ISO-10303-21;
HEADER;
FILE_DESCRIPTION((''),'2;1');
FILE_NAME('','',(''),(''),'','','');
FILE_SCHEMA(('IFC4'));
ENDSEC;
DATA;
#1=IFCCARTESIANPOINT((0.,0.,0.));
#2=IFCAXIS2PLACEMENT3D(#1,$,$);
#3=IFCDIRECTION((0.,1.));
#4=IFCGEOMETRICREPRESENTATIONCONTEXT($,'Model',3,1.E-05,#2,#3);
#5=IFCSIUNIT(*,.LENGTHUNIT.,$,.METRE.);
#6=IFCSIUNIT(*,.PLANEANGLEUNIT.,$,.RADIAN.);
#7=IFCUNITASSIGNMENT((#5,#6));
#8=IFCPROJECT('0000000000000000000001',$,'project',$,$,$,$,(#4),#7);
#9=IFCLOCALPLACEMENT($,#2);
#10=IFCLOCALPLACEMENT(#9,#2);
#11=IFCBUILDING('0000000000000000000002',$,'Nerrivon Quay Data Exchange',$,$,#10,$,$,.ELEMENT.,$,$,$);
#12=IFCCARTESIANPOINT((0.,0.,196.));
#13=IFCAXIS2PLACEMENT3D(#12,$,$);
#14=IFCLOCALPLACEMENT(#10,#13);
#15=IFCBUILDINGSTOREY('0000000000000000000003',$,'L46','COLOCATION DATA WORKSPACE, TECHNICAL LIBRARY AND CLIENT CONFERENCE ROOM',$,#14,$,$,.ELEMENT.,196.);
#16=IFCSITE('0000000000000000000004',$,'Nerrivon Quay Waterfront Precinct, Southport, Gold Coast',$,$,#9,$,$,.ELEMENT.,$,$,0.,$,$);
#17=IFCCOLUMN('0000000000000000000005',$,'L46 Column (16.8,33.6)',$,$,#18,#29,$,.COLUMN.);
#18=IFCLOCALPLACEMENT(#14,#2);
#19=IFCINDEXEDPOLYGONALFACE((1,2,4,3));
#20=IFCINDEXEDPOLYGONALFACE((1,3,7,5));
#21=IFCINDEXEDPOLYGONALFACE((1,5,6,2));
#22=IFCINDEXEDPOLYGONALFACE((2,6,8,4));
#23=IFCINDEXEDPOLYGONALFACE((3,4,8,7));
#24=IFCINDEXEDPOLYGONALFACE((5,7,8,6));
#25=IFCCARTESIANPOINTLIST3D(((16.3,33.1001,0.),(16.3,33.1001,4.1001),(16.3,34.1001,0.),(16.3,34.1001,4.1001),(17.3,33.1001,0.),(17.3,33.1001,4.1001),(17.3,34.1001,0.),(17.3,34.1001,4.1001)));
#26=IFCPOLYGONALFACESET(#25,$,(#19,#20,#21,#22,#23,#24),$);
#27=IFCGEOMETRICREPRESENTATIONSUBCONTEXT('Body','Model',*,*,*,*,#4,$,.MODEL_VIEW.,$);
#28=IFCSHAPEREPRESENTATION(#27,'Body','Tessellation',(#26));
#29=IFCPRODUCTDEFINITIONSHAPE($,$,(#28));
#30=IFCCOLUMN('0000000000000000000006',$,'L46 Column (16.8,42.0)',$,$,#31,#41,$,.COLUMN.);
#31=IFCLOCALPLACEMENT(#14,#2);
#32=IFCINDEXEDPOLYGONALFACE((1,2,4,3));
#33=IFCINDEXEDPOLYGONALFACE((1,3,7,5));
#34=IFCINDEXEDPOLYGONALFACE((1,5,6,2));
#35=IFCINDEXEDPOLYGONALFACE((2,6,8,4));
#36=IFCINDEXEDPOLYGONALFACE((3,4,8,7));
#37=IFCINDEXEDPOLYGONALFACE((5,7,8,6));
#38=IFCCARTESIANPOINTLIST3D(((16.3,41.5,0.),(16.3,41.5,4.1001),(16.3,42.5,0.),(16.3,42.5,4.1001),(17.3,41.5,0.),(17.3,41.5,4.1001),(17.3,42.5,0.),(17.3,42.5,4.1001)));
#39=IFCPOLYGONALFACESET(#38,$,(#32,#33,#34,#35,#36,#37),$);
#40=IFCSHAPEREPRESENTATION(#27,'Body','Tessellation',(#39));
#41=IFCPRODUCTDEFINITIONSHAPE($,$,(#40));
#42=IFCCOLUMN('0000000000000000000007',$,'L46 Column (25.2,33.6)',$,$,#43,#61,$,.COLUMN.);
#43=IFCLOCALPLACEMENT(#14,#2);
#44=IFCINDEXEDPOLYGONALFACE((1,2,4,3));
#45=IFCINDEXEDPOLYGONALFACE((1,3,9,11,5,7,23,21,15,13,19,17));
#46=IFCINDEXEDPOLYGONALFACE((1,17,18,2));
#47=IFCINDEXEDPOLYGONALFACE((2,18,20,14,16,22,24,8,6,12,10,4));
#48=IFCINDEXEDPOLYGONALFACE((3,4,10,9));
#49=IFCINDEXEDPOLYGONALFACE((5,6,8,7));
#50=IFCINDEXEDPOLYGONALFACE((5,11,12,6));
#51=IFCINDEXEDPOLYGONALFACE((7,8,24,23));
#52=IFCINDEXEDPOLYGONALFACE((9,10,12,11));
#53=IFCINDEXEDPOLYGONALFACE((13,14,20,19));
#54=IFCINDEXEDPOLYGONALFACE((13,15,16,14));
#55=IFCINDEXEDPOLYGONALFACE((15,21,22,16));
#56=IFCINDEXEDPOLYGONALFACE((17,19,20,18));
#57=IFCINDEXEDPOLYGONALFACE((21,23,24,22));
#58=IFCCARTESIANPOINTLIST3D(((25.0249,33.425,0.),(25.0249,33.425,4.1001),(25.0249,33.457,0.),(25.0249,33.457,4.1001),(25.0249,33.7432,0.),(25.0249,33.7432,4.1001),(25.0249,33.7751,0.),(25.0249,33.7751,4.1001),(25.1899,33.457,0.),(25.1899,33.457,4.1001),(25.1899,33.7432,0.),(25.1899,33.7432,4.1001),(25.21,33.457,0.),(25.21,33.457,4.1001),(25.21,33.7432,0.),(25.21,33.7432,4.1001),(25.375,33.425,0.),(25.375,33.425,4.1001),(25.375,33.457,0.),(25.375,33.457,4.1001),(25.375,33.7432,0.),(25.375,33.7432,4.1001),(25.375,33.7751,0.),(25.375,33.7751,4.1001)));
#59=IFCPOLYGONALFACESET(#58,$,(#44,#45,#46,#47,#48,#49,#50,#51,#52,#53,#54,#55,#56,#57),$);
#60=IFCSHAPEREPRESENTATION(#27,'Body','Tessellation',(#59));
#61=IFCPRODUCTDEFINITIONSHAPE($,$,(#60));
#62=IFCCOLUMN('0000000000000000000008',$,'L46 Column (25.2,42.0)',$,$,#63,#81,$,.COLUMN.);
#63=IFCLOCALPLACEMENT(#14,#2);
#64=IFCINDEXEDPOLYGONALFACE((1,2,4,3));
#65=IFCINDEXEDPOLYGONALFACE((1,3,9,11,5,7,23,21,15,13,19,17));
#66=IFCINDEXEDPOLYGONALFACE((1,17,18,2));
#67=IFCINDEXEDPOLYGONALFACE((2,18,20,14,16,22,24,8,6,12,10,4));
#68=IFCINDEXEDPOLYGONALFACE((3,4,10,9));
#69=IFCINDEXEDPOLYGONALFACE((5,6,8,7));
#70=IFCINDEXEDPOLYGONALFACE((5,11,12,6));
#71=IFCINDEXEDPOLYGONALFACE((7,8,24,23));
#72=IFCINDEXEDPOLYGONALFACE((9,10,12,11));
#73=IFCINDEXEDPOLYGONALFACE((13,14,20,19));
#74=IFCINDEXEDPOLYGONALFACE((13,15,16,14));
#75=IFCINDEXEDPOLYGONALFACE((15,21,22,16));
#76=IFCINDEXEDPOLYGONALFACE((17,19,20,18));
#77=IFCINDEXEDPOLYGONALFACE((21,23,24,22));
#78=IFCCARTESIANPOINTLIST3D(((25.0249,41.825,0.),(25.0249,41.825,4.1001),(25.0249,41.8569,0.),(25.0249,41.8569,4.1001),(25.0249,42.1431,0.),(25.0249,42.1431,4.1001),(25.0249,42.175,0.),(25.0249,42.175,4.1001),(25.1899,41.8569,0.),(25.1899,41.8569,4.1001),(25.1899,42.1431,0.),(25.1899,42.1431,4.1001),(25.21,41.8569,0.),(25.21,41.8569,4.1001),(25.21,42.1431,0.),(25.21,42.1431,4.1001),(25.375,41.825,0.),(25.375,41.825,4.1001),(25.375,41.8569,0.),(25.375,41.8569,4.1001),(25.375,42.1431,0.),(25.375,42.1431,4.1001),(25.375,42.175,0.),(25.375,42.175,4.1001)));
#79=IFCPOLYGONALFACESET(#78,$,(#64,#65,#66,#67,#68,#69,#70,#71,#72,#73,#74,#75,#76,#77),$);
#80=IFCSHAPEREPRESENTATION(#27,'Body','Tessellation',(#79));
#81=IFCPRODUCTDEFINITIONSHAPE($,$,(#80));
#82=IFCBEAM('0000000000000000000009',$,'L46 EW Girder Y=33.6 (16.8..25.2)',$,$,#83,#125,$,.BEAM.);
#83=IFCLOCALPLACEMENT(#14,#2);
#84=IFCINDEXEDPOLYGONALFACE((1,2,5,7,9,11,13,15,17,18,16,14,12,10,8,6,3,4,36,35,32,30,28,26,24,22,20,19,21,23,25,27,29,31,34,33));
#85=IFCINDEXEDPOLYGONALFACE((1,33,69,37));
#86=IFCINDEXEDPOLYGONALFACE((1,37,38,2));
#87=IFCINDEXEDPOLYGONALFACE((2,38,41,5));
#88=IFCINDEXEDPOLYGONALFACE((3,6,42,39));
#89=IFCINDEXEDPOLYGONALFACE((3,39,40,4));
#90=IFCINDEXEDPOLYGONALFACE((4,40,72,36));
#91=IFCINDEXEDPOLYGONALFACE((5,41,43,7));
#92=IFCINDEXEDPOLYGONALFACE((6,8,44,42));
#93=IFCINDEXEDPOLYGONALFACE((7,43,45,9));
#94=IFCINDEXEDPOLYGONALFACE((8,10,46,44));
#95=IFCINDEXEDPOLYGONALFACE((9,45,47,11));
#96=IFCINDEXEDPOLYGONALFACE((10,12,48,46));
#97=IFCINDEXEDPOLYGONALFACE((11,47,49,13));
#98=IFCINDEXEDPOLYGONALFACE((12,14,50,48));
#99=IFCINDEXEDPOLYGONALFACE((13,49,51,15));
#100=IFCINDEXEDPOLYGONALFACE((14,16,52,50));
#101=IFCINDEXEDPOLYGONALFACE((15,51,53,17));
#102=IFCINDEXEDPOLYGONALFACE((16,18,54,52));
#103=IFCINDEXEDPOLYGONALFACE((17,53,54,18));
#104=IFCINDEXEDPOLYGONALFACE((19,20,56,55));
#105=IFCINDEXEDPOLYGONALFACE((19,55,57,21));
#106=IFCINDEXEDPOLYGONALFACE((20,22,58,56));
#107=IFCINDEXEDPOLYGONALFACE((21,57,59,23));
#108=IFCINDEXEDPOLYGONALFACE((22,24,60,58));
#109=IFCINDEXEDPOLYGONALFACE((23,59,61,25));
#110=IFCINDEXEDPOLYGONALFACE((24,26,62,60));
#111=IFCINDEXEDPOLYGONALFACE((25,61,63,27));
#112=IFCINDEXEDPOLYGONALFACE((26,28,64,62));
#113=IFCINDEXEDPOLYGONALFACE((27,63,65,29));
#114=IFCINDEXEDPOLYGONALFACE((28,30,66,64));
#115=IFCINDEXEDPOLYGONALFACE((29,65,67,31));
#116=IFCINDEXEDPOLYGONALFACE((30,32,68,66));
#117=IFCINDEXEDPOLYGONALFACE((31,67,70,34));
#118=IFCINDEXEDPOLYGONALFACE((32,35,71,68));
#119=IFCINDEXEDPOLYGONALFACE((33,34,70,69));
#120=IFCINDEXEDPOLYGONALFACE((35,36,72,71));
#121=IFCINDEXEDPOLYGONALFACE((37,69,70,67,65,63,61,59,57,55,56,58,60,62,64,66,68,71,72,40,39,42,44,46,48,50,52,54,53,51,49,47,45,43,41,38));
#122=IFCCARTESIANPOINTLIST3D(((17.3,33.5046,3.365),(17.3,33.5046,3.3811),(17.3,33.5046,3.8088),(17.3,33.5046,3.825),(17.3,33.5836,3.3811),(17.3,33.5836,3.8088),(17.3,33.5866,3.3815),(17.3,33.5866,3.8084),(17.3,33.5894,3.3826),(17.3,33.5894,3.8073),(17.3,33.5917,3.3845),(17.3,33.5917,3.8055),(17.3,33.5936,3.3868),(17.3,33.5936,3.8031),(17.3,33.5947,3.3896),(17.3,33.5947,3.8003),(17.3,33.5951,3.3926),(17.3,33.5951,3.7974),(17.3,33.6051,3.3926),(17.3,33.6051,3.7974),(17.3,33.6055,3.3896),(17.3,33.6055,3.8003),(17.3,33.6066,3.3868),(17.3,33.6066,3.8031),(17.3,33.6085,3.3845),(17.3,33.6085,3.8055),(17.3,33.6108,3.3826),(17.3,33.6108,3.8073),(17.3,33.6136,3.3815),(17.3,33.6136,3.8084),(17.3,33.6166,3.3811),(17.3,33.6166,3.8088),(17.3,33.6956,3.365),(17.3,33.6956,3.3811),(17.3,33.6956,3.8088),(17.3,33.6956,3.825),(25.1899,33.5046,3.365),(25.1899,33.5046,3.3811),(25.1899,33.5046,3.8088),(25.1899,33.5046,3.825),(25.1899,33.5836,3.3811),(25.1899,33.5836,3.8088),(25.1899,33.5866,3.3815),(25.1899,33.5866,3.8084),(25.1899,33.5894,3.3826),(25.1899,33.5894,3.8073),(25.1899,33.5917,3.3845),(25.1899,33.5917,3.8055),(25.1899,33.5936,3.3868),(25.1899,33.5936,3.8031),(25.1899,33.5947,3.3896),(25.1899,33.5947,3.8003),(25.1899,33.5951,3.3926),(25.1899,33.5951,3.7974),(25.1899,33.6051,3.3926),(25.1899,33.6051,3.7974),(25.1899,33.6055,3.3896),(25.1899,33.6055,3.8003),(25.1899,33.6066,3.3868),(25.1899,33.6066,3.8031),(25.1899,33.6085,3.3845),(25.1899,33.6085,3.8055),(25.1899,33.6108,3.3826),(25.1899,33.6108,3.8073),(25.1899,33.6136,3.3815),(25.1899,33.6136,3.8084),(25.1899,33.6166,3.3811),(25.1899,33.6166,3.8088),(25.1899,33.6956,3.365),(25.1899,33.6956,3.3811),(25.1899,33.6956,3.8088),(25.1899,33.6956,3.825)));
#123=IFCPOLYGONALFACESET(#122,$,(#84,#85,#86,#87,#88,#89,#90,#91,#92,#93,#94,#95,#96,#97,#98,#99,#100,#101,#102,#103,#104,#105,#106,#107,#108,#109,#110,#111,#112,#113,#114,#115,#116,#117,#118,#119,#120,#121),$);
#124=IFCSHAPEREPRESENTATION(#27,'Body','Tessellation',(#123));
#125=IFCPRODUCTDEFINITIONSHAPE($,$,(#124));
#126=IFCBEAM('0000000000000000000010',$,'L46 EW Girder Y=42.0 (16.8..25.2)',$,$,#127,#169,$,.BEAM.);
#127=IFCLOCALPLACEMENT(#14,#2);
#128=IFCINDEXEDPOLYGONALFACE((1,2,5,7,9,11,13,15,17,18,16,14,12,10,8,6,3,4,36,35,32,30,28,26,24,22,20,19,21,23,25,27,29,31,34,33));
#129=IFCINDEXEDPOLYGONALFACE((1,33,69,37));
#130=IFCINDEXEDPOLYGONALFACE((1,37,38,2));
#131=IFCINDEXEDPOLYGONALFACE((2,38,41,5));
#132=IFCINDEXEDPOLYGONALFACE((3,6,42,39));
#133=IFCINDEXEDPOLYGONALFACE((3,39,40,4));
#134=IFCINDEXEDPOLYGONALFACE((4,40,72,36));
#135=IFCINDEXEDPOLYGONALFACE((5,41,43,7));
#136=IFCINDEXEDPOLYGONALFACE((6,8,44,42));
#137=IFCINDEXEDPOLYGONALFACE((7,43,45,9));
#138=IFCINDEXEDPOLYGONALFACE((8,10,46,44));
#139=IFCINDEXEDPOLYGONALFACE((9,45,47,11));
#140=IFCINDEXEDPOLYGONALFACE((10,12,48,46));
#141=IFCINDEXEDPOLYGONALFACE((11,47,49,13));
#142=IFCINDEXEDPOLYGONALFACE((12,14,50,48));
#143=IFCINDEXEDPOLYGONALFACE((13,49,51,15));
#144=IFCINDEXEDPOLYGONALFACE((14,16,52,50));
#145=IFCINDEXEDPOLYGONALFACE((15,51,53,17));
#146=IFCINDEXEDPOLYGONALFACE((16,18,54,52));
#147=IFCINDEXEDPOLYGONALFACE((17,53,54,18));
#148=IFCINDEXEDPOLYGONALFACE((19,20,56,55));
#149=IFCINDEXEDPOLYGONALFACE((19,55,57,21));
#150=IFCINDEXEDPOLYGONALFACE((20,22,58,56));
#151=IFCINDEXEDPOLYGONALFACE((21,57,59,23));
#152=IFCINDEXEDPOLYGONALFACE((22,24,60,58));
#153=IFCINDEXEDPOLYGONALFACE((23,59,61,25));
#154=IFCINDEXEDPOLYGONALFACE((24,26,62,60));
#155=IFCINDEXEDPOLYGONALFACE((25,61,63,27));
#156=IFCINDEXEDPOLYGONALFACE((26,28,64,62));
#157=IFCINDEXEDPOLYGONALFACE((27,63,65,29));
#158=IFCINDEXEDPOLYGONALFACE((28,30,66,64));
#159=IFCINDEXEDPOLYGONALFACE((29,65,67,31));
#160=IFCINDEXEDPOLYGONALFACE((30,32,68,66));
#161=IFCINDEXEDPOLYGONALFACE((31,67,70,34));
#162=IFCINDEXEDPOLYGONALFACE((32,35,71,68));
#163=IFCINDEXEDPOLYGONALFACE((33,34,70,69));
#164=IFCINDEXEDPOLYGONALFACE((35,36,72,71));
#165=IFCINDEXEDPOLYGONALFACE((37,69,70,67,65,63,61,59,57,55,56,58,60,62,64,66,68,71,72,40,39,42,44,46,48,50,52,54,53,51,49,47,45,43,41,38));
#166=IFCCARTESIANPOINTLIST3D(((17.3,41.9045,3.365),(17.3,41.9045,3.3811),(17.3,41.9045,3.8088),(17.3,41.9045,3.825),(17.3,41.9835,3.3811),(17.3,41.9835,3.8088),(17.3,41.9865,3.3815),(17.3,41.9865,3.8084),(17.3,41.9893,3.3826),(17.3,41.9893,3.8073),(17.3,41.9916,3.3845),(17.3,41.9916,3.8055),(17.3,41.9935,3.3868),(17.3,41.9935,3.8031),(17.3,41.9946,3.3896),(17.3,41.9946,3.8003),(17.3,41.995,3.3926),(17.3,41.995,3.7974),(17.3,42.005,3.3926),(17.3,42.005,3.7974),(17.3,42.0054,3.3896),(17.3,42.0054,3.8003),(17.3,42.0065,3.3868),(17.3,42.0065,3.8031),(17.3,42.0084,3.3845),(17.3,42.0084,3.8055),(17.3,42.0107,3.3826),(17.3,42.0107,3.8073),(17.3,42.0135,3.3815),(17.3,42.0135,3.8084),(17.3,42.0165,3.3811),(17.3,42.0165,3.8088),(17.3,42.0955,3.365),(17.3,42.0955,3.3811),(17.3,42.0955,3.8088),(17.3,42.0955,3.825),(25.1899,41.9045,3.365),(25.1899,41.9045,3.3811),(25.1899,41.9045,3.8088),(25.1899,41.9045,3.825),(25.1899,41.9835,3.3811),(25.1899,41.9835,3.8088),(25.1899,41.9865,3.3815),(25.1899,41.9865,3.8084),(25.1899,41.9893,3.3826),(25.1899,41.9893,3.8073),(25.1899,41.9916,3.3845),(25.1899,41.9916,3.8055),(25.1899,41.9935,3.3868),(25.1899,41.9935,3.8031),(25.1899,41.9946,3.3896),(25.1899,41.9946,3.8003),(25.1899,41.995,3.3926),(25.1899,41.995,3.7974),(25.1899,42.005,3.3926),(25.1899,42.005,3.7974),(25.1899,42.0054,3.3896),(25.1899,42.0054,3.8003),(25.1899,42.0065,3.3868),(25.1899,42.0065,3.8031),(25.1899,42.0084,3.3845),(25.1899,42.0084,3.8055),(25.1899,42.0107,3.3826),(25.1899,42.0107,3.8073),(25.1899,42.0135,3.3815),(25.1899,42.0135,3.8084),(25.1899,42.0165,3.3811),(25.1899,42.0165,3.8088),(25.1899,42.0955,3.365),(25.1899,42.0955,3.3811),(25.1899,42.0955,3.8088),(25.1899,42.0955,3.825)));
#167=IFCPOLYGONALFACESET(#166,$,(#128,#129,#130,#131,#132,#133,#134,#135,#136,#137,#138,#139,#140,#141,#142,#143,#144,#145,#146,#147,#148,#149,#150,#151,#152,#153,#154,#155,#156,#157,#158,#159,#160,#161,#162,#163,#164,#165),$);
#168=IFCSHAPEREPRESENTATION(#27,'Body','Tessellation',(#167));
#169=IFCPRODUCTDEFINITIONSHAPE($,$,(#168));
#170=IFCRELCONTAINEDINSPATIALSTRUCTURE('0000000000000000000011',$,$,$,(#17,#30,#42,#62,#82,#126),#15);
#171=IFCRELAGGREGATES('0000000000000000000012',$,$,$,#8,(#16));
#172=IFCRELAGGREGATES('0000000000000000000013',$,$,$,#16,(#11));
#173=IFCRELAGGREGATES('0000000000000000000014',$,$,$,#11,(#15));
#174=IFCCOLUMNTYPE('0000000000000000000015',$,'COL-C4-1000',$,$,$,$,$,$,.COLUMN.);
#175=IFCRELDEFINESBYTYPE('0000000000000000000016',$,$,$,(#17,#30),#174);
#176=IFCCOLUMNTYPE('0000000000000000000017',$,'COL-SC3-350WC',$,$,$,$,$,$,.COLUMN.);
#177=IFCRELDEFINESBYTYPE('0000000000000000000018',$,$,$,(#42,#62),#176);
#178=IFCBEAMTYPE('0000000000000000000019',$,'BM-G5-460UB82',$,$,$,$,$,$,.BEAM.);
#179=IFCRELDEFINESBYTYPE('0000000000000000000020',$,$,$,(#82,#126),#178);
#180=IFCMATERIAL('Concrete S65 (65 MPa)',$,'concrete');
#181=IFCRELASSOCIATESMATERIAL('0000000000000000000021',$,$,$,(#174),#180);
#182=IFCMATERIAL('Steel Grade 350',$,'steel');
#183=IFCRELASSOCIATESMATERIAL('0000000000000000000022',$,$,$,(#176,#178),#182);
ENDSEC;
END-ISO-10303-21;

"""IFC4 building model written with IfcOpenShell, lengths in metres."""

from ifc_helpers import new_model, si_unit, direction, frame, origin, origin_2d, place, context, subcontext, project, spatial, rectangle, i_section, extrude, material, material_profile, profile_set, type_object, element, save


model = new_model("IFC4")

# Units and contexts
model_context = context("Model", 3, precision=1e-05, world=origin(), true_north=direction((0.0, 1.0)))
body_context = subcontext(model_context, "Body", "Model", "MODEL_VIEW")
ifc_project = project(units=[si_unit("LENGTHUNIT", "METRE"), si_unit("PLANEANGLEUNIT", "RADIAN")], contexts=[model_context])

# Site, building, storey
site_placement = place(None, origin())
site = spatial("IfcSite", under=ifc_project, at=site_placement, Name="Nerrivon Quay Waterfront Precinct, Southport, Gold Coast", CompositionType="ELEMENT", RefElevation=0.0)
building_placement = place(site_placement, origin())
building = spatial("IfcBuilding", under=site, at=building_placement, Name="Nerrivon Quay Data Exchange", CompositionType="ELEMENT")
storey_placement = place(building_placement, frame((0.0, 0.0, 196.0)))
storey = spatial("IfcBuildingStorey", under=building, at=storey_placement, Name="L46", Description="COLOCATION DATA WORKSPACE, TECHNICAL LIBRARY AND CLIENT CONFERENCE ROOM", CompositionType="ELEMENT", Elevation=196.0)

# Columns
ifc_material_1 = material(Name="Concrete S65 (65 MPa)", Category="concrete")
ifc_material_profile_1 = material_profile(ifc_material_1, rectangle(XDim=1.0, YDim=1.0, at=origin_2d()), Name="RC-COL-1000x1000")
ifc_profile_set_1 = profile_set([ifc_material_profile_1], Name="Concrete S65 (65 MPa)")
column_type_1 = type_object("IfcColumnType", Name="COL-C4-1000", PredefinedType="COLUMN", material=ifc_profile_set_1)
for number, where, z_axis, x_axis, name in (
    (1, (16.8, 33.6001, 0.0), (0.0, 0.0, 1.0), (1.0, 0.0, 0.0), "L46 Column (16.8,33.6)"),
    (2, (16.8, 42.0, 0.0), (0.0, 0.0, 1.0), (1.0, 0.0, 0.0), "L46 Column (16.8,42.0)"),
):
    element("IfcColumn", number, at=place(storey_placement, frame(where, z_axis=z_axis, x_axis=x_axis)), inside=storey, type_object=column_type_1, Name=name, PredefinedType="COLUMN", context=body_context, shape_type="SweptSolid", body=[
        extrude(rectangle(XDim=1.0, YDim=1.0, at=origin_2d()), origin(), (0.0, 0.0, 1.0), 4.1001),
    ])
ifc_material_2 = material(Name="Steel Grade 350", Category="steel")
ifc_material_profile_2 = material_profile(ifc_material_2, i_section(OverallWidth=0.3501, OverallDepth=0.3501, WebThickness=0.02, FlangeThickness=0.032, at=origin_2d()), Name="350WC230")
ifc_profile_set_2 = profile_set([ifc_material_profile_2], Name="Steel Grade 350")
column_type_2 = type_object("IfcColumnType", Name="COL-SC3-350WC", PredefinedType="COLUMN", material=ifc_profile_set_2)
for number, where, z_axis, x_axis, name in (
    (3, (25.2, 33.6001, 0.0), (0.0, 0.0, 1.0), (1.0, 0.0, 0.0), "L46 Column (25.2,33.6)"),
    (4, (25.2, 42.0, 0.0), (0.0, 0.0, 1.0), (1.0, 0.0, 0.0), "L46 Column (25.2,42.0)"),
):
    element("IfcColumn", number, at=place(storey_placement, frame(where, z_axis=z_axis, x_axis=x_axis)), inside=storey, type_object=column_type_2, Name=name, PredefinedType="COLUMN", context=body_context, shape_type="SweptSolid", body=[
        extrude(i_section(OverallWidth=0.3501, OverallDepth=0.3501, WebThickness=0.02, FlangeThickness=0.032, at=origin_2d()), origin(), (0.0, 0.0, 1.0), 4.1001),
    ])

# Beams
ifc_material_profile_3 = material_profile(ifc_material_2, i_section(OverallWidth=0.1909, OverallDepth=0.46, WebThickness=0.01, FlangeThickness=0.0161, FilletRadius=0.0115, at=origin_2d()), Name="460UB82.1")
ifc_profile_set_3 = profile_set([ifc_material_profile_3], Name="Steel Grade 350")
beam_type_1 = type_object("IfcBeamType", Name="BM-G5-460UB82", PredefinedType="BEAM", material=ifc_profile_set_3)
for number, where, z_axis, x_axis, name in (
    (5, (17.3, 33.6001, 3.595), (1.0, 0.0, 0.0), (0.0, 1.0, 0.0), "L46 EW Girder Y=33.6 (16.8..25.2)"),
    (6, (17.3, 42.0, 3.595), (1.0, 0.0, 0.0), (0.0, 1.0, 0.0), "L46 EW Girder Y=42.0 (16.8..25.2)"),
):
    element("IfcBeam", number, at=place(storey_placement, frame(where, z_axis=z_axis, x_axis=x_axis)), inside=storey, type_object=beam_type_1, Name=name, PredefinedType="BEAM", context=body_context, shape_type="SweptSolid", body=[
        extrude(i_section(OverallWidth=0.1909, OverallDepth=0.46, WebThickness=0.01, FlangeThickness=0.0161, FilletRadius=0.0115, at=origin_2d()), origin(), (0.0, 0.0, 1.0), 7.8899),
    ])

save(model, "model.ifc")
